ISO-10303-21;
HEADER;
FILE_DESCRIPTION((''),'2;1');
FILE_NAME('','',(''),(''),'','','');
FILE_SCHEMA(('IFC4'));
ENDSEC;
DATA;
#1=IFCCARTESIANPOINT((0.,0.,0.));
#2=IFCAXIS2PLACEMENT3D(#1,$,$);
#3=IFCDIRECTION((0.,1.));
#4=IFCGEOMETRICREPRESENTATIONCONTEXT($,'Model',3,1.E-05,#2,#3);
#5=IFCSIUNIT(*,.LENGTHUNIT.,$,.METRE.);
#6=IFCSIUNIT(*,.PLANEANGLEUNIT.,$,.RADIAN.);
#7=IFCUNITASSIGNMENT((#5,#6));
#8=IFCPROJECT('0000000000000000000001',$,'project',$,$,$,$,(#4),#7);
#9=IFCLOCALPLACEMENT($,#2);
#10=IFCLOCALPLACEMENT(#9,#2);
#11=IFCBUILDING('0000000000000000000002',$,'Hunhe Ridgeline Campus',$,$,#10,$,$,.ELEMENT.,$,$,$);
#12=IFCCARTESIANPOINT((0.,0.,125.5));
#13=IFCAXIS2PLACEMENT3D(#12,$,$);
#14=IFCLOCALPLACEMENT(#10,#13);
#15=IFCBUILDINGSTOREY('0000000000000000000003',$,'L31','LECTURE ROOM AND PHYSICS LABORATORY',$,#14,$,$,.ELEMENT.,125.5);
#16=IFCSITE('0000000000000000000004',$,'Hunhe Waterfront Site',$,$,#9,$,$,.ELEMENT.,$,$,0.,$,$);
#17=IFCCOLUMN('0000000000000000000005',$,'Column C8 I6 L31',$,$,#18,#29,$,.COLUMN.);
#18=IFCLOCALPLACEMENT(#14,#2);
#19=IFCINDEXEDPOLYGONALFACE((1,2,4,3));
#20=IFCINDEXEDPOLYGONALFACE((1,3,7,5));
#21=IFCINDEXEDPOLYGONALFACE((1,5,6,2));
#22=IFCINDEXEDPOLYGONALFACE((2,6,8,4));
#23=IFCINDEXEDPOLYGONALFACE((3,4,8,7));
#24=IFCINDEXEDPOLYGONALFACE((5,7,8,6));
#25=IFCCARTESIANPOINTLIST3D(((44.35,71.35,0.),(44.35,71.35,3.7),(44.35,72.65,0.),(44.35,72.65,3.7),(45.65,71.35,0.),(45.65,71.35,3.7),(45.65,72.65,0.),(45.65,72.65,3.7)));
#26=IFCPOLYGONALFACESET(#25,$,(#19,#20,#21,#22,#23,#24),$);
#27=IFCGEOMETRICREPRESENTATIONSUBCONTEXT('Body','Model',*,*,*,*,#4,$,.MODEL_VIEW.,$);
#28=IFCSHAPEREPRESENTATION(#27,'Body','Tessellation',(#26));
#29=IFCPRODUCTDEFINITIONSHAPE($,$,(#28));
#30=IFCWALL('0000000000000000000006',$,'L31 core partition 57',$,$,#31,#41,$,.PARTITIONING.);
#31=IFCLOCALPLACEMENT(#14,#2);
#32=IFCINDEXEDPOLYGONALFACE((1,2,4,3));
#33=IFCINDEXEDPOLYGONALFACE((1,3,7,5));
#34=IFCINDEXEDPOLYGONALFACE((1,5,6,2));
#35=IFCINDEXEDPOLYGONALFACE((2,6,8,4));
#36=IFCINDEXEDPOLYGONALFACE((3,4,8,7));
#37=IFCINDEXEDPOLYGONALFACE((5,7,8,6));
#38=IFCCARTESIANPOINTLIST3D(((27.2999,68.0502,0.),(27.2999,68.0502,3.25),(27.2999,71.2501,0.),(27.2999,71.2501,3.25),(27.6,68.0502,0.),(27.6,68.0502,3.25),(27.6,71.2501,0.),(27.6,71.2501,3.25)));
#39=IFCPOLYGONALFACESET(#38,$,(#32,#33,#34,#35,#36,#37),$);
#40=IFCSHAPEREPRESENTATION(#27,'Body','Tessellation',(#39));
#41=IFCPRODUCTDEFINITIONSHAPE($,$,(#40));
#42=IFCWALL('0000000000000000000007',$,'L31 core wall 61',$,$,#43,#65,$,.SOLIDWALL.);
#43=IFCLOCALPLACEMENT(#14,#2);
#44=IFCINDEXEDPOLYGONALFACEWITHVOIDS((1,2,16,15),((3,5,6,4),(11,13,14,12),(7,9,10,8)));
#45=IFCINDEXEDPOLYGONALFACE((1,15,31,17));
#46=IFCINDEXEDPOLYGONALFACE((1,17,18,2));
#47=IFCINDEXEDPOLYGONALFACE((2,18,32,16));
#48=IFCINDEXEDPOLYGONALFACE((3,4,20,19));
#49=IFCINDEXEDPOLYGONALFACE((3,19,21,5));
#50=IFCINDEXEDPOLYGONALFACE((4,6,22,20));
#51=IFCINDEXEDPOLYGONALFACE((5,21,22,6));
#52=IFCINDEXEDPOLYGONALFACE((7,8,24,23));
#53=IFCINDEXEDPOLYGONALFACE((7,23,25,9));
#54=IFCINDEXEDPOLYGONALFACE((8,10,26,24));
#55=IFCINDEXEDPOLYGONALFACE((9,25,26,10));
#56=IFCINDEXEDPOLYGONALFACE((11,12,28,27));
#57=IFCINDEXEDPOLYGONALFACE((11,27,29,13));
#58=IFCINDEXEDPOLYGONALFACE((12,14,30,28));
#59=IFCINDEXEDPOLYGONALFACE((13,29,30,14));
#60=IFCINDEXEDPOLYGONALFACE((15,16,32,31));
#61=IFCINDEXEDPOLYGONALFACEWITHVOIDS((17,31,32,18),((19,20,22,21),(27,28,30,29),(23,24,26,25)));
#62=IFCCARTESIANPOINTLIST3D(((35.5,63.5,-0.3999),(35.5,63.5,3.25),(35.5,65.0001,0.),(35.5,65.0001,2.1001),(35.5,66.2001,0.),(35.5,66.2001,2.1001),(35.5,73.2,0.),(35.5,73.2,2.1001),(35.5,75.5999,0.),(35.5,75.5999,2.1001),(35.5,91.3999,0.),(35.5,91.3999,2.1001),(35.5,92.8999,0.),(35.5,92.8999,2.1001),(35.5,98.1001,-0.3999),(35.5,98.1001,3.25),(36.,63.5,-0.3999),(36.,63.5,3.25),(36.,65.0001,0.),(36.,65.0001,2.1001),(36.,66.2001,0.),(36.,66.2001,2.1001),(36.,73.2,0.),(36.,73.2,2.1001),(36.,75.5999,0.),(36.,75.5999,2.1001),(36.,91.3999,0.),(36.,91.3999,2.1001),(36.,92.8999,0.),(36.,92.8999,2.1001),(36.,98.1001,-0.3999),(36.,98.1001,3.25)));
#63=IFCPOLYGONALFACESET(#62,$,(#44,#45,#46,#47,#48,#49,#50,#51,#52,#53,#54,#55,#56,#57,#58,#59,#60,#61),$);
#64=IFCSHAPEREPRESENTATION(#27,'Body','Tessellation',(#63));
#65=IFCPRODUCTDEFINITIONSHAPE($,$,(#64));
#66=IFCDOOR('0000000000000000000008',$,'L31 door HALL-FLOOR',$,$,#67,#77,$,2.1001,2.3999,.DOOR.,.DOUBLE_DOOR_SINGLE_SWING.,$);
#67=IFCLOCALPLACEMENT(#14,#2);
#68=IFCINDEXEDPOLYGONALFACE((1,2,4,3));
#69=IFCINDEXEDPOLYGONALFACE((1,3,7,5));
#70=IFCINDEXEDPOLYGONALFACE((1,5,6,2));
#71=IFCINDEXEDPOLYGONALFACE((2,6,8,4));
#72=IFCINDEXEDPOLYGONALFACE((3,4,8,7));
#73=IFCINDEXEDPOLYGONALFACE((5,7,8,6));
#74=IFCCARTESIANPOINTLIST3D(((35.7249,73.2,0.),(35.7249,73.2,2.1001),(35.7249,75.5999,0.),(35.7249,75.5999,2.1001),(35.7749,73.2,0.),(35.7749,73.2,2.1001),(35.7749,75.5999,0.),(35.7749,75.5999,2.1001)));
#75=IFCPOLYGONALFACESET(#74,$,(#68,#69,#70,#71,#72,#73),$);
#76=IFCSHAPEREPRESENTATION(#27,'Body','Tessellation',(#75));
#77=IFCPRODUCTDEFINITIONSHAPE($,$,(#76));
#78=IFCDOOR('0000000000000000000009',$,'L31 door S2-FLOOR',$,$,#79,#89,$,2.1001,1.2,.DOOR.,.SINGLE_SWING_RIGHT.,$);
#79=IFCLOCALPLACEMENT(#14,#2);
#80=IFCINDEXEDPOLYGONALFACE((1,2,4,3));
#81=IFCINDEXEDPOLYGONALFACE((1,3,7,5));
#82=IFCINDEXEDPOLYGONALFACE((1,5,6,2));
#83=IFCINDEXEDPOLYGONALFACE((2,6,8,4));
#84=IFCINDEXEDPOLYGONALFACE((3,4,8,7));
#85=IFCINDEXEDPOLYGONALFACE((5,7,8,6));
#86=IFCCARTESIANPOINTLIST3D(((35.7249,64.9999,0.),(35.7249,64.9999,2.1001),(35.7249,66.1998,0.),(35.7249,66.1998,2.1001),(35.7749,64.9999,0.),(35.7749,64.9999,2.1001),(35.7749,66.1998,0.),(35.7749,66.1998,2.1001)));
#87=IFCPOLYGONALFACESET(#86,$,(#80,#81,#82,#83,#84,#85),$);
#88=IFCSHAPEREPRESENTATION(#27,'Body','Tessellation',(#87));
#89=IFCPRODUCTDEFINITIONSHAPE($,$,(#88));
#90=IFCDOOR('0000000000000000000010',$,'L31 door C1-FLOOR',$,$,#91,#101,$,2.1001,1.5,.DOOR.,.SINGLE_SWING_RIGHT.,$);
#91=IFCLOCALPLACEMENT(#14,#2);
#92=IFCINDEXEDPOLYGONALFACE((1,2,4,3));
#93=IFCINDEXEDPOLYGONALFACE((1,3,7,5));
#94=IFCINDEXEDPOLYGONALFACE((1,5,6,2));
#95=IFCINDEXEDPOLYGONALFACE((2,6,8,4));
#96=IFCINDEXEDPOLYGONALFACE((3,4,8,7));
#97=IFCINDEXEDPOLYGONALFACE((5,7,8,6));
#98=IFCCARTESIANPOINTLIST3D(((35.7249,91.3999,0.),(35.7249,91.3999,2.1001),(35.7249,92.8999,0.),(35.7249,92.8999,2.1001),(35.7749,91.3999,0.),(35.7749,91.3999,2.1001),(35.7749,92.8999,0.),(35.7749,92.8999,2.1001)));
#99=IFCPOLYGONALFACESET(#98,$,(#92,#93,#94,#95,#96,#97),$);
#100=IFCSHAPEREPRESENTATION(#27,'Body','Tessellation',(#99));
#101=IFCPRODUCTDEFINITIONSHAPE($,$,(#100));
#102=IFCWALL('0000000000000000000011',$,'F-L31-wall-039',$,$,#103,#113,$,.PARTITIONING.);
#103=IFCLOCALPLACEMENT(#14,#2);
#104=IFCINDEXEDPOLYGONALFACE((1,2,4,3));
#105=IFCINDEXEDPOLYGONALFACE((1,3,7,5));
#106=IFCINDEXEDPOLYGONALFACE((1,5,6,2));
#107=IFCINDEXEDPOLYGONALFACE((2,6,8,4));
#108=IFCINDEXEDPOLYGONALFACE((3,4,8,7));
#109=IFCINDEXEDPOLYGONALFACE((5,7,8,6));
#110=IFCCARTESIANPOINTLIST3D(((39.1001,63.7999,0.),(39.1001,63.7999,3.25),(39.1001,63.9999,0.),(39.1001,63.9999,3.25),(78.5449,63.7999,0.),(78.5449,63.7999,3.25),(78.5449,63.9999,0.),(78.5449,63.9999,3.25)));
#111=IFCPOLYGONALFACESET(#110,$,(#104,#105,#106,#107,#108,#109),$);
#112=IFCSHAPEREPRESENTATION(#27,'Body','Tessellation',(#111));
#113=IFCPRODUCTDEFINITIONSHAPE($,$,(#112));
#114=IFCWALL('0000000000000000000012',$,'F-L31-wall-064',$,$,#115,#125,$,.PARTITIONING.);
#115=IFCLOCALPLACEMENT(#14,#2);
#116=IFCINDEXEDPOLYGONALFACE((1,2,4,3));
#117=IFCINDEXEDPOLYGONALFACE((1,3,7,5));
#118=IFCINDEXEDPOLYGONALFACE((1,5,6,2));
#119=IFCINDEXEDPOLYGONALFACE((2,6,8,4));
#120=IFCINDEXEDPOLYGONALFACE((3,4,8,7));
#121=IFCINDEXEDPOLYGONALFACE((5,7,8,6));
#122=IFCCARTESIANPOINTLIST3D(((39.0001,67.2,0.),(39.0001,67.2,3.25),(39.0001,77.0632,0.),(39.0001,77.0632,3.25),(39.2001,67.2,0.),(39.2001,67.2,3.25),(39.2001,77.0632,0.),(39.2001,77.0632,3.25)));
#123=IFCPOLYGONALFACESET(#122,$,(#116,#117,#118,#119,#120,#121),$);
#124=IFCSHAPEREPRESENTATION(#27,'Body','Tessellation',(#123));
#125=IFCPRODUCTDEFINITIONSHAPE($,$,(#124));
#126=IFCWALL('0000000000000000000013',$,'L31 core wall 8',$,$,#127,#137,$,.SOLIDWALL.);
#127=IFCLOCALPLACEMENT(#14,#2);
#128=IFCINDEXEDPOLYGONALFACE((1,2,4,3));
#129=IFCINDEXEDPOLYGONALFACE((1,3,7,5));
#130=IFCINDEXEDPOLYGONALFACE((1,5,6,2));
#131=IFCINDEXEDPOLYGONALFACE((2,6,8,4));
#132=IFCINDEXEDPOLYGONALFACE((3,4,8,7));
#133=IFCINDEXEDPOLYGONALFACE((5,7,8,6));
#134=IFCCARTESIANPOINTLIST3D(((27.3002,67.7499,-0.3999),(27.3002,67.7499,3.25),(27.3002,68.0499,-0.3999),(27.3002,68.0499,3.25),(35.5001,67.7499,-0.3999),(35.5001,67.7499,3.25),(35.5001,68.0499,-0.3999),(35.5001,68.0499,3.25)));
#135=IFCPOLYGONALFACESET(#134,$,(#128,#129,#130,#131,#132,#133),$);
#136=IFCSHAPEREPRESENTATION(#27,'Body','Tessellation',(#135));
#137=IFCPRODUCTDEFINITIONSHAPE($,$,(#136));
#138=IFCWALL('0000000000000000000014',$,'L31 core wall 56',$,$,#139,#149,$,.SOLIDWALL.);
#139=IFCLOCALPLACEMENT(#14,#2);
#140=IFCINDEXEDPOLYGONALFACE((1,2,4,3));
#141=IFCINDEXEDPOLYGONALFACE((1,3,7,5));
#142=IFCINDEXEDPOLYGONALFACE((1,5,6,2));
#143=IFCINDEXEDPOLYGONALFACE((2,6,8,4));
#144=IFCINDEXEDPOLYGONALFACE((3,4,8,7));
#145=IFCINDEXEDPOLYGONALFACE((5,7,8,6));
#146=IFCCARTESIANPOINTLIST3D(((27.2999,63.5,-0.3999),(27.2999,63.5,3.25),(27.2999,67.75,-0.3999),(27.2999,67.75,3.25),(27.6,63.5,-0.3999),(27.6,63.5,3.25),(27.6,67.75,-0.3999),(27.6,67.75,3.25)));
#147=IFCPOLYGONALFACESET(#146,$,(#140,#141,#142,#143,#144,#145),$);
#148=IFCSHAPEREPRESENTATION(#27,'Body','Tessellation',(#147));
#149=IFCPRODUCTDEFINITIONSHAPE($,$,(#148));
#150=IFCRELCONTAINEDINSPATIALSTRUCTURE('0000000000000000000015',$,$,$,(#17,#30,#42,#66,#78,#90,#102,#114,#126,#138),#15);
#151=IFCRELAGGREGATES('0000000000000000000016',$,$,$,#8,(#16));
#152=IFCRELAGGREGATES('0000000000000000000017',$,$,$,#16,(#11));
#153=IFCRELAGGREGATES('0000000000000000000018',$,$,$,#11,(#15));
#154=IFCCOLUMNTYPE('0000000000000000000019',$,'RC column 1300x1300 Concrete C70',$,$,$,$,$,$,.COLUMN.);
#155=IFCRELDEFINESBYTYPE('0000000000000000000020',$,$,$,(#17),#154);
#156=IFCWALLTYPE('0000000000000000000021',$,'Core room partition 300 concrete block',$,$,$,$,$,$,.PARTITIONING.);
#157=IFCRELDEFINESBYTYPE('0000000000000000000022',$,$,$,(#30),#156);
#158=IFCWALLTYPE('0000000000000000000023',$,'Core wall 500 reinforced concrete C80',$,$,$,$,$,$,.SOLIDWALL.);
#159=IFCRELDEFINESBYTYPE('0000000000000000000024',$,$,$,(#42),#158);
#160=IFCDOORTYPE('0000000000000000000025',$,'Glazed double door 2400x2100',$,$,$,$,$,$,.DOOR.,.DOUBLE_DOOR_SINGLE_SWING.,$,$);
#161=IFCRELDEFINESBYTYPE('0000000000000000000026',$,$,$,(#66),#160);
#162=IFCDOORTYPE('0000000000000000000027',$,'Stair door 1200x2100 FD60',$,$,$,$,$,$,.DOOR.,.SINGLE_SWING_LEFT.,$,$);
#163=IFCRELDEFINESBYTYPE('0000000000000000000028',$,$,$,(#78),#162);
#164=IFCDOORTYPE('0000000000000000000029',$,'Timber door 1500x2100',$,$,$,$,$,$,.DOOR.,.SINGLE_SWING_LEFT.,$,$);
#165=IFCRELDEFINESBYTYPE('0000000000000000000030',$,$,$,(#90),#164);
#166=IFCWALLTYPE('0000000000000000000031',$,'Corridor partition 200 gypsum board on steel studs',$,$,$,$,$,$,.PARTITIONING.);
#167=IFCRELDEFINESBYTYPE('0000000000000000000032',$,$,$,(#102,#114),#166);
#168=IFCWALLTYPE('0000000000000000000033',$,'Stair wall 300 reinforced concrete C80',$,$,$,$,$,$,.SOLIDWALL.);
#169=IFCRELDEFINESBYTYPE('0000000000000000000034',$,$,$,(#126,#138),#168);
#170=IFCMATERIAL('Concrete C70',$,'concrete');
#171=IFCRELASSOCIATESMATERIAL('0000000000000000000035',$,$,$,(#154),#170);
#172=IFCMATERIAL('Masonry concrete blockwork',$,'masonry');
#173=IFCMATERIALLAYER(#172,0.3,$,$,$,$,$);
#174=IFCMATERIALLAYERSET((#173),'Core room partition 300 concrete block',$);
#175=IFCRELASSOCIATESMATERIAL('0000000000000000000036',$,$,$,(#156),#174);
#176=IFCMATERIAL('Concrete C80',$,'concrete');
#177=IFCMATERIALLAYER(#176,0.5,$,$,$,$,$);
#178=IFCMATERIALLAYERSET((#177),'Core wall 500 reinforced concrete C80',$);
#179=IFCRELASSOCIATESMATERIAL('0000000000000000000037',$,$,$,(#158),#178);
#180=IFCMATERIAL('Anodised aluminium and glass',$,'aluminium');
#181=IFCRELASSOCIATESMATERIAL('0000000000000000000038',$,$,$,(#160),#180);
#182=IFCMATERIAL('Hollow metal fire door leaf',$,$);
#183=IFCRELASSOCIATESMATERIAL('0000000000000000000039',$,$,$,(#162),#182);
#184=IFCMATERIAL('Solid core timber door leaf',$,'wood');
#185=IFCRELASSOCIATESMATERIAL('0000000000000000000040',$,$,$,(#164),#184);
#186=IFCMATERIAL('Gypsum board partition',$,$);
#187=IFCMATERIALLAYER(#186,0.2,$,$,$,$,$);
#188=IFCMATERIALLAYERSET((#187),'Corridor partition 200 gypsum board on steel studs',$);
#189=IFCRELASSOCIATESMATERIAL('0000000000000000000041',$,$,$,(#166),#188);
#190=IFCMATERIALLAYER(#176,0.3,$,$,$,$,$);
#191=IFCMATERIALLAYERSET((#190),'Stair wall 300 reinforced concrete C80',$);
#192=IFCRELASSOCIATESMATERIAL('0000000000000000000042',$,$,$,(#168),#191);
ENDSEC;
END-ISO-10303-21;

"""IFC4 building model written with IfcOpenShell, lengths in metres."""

from ifc_helpers import new_model, si_unit, direction, frame, frame_2d, origin, origin_2d, place, context, subcontext, project, spatial, rectangle, extrude, material, layer, layer_set, material_profile, profile_set, type_object, element, fill, save


model = new_model("IFC4")

# Units and contexts
model_context = context("Model", 3, precision=1e-05, world=origin(), true_north=direction((0.0, 1.0)))
body_context = subcontext(model_context, "Body", "Model", "MODEL_VIEW")
ifc_project = project(units=[si_unit("LENGTHUNIT", "METRE"), si_unit("PLANEANGLEUNIT", "RADIAN")], contexts=[model_context])

# Site, building, storey
site_placement = place(None, origin())
site = spatial("IfcSite", under=ifc_project, at=site_placement, Name="Hunhe Waterfront Site", CompositionType="ELEMENT", RefElevation=0.0)
building_placement = place(site_placement, origin())
building = spatial("IfcBuilding", under=site, at=building_placement, Name="Hunhe Ridgeline Campus", CompositionType="ELEMENT")
storey_placement = place(building_placement, frame((0.0, 0.0, 125.5)))
storey = spatial("IfcBuildingStorey", under=building, at=storey_placement, Name="L31", Description="LECTURE ROOM AND PHYSICS LABORATORY", CompositionType="ELEMENT", Elevation=125.5)

# Column
ifc_material_1 = material(Name="Concrete C70", Category="concrete")
ifc_material_profile = material_profile(ifc_material_1, rectangle(XDim=1.3, YDim=1.3, at=origin_2d()))
ifc_profile_set = profile_set([ifc_material_profile], Name="Concrete C70")
column_type = type_object("IfcColumnType", Name="RC column 1300x1300 Concrete C70", PredefinedType="COLUMN", material=ifc_profile_set)
column_placement = place(storey_placement, frame((45.0, 72.0, 0.0), z_axis=(0.0, 0.0, 1.0), x_axis=(1.0, 0.0, 0.0)))
element("IfcColumn", 1, at=column_placement, inside=storey, type_object=column_type, Name="Column C8 I6 L31", PredefinedType="COLUMN", context=body_context, shape_type="SweptSolid", body=[
    extrude(rectangle(XDim=1.3, YDim=1.3, at=origin_2d()), origin(), (0.0, 0.0, 1.0), 3.7),
])

# Wall
ifc_material_2 = material(Name="Masonry concrete blockwork", Category="masonry")
ifc_layer_1 = layer(ifc_material_2, 0.3)
ifc_layer_set_1 = layer_set([ifc_layer_1], Name="Core room partition 300 concrete block")
wall_type_1 = type_object("IfcWallType", Name="Core room partition 300 concrete block", PredefinedType="PARTITIONING", material=ifc_layer_set_1)
wall_1_placement = place(storey_placement, frame((27.45, 68.05, 0.0), z_axis=(0.0, 0.0, 1.0), x_axis=(0.0, 1.0, 0.0)))
element("IfcWall", 2, at=wall_1_placement, inside=storey, type_object=wall_type_1, Name="L31 core partition 57", PredefinedType="PARTITIONING", context=body_context, shape_type="SweptSolid", body=[
    extrude(rectangle(XDim=3.2, YDim=0.3, at=frame_2d((1.6001, 0.0))), origin(), (0.0, 0.0, 1.0), 3.25),
])

# Wall, openings, doors
ifc_material_3 = material(Name="Concrete C80", Category="concrete")
ifc_layer_2 = layer(ifc_material_3, 0.5)
ifc_layer_set_2 = layer_set([ifc_layer_2], Name="Core wall 500 reinforced concrete C80")
wall_type_2 = type_object("IfcWallType", Name="Core wall 500 reinforced concrete C80", PredefinedType="SOLIDWALL", material=ifc_layer_set_2)
wall_2_placement = place(storey_placement, frame((35.75, 63.5, -0.3999), z_axis=(0.0, 0.0, 1.0), x_axis=(0.0, 1.0, 0.0)))
wall_2 = element("IfcWall", 3, at=wall_2_placement, inside=storey, type_object=wall_type_2, Name="L31 core wall 61", PredefinedType="SOLIDWALL", context=body_context, shape_type="SweptSolid", body=[
    extrude(rectangle(XDim=34.6001, YDim=0.5, at=frame_2d((17.3, 0.0))), origin(), (0.0, 0.0, 1.0), 3.6499),
])
opening_1_placement = place(wall_2_placement, frame((9.7, 0.0, 0.3999)))
opening_1 = element("IfcOpeningElement", 4, at=opening_1_placement, cuts=wall_2, PredefinedType="OPENING", context=body_context, shape_type="SweptSolid", body=[
    extrude(rectangle(XDim=2.3999, YDim=2.1001, at=frame_2d((1.2, 1.05))), frame((0.0, 0.25, 0.0), z_axis=(0.0, -1.0, 0.0), x_axis=(1.0, 0.0, 0.0)), (0.0, 0.0, 1.0), 0.5),
])
opening_2_placement = place(wall_2_placement, frame((27.8999, 0.0, 0.3999)))
opening_2 = element("IfcOpeningElement", 5, at=opening_2_placement, cuts=wall_2, PredefinedType="OPENING", context=body_context, shape_type="SweptSolid", body=[
    extrude(rectangle(XDim=1.5, YDim=2.1001, at=frame_2d((0.75, 1.05))), frame((0.0, 0.25, 0.0), z_axis=(0.0, -1.0, 0.0), x_axis=(1.0, 0.0, 0.0)), (0.0, 0.0, 1.0), 0.5),
])
opening_3_placement = place(wall_2_placement, frame((1.5, 0.0, 0.3999)))
opening_3 = element("IfcOpeningElement", 6, at=opening_3_placement, cuts=wall_2, PredefinedType="OPENING", context=body_context, shape_type="SweptSolid", body=[
    extrude(rectangle(XDim=1.2, YDim=2.1001, at=frame_2d((0.6001, 1.05))), frame((0.0, 0.25, 0.0), z_axis=(0.0, -1.0, 0.0), x_axis=(1.0, 0.0, 0.0)), (0.0, 0.0, 1.0), 0.5),
])
ifc_material_4 = material(Name="Anodised aluminium and glass", Category="aluminium")
door_type_1 = type_object("IfcDoorType", Name="Glazed double door 2400x2100", OperationType="DOUBLE_DOOR_SINGLE_SWING", PredefinedType="DOOR", material=ifc_material_4)
door_1_placement = place(opening_1_placement, frame((2.3999, 0.0, 0.0), z_axis=(0.0, 0.0, 1.0), x_axis=(-1.0, 0.0, 0.0)))
door_1 = element("IfcDoor", 7, at=door_1_placement, inside=storey, type_object=door_type_1, Name="L31 door HALL-FLOOR", OperationType="DOUBLE_DOOR_SINGLE_SWING", OverallHeight=2.1001, OverallWidth=2.3999, PredefinedType="DOOR", context=body_context, shape_type="SweptSolid", body=[
    extrude(rectangle(XDim=2.3999, YDim=2.1001, at=frame_2d((1.2, 1.05))), frame((0.0, 0.0249, 0.0), z_axis=(0.0, -1.0, 0.0), x_axis=(1.0, 0.0, 0.0)), (0.0, 0.0, 1.0), 0.05),
])
fill(opening_1, door_1)
ifc_material_5 = material(Name="Hollow metal fire door leaf")
door_type_2 = type_object("IfcDoorType", Name="Stair door 1200x2100 FD60", OperationType="SINGLE_SWING_LEFT", PredefinedType="DOOR", material=ifc_material_5)
door_2_placement = place(opening_3_placement, frame((1.2, 0.0, 0.0), z_axis=(0.0, 0.0, 1.0), x_axis=(-1.0, 0.0, 0.0)))
door_2 = element("IfcDoor", 8, at=door_2_placement, inside=storey, type_object=door_type_2, Name="L31 door S2-FLOOR", OperationType="SINGLE_SWING_RIGHT", OverallHeight=2.1001, OverallWidth=1.2, PredefinedType="DOOR", context=body_context, shape_type="SweptSolid", body=[
    extrude(rectangle(XDim=1.2, YDim=2.1001, at=frame_2d((0.6001, 1.05))), frame((0.0, 0.0249, 0.0), z_axis=(0.0, -1.0, 0.0), x_axis=(1.0, 0.0, 0.0)), (0.0, 0.0, 1.0), 0.05),
])
fill(opening_3, door_2)
ifc_material_6 = material(Name="Solid core timber door leaf", Category="wood")
door_type_3 = type_object("IfcDoorType", Name="Timber door 1500x2100", OperationType="SINGLE_SWING_LEFT", PredefinedType="DOOR", material=ifc_material_6)
door_3_placement = place(opening_2_placement, frame((1.5, 0.0, 0.0), z_axis=(0.0, 0.0, 1.0), x_axis=(-1.0, 0.0, 0.0)))
door_3 = element("IfcDoor", 9, at=door_3_placement, inside=storey, type_object=door_type_3, Name="L31 door C1-FLOOR", OperationType="SINGLE_SWING_RIGHT", OverallHeight=2.1001, OverallWidth=1.5, PredefinedType="DOOR", context=body_context, shape_type="SweptSolid", body=[
    extrude(rectangle(XDim=1.5, YDim=2.1001, at=frame_2d((0.75, 1.05))), frame((0.0, 0.0249, 0.0), z_axis=(0.0, -1.0, 0.0), x_axis=(1.0, 0.0, 0.0)), (0.0, 0.0, 1.0), 0.05),
])
fill(opening_2, door_3)

# Wall
ifc_material_7 = material(Name="Gypsum board partition")
ifc_layer_3 = layer(ifc_material_7, 0.2)
ifc_layer_set_3 = layer_set([ifc_layer_3], Name="Corridor partition 200 gypsum board on steel studs")
wall_type_3 = type_object("IfcWallType", Name="Corridor partition 200 gypsum board on steel studs", PredefinedType="PARTITIONING", material=ifc_layer_set_3)
wall_3_placement = place(storey_placement, frame((39.1001, 63.8999, 0.0), z_axis=(0.0, 0.0, 1.0), x_axis=(1.0, 0.0, 0.0)))
element("IfcWall", 10, at=wall_3_placement, inside=storey, type_object=wall_type_3, Name="F-L31-wall-039", PredefinedType="PARTITIONING", context=body_context, shape_type="SweptSolid", body=[
    extrude(rectangle(XDim=39.4448, YDim=0.2, at=frame_2d((19.7224, 0.0))), origin(), (0.0, 0.0, 1.0), 3.25),
])

# Wall
wall_4_placement = place(storey_placement, frame((39.1001, 77.0632, 0.0), z_axis=(0.0, 0.0, 1.0), x_axis=(0.0, -1.0, 0.0)))
element("IfcWall", 11, at=wall_4_placement, inside=storey, type_object=wall_type_3, Name="F-L31-wall-064", PredefinedType="PARTITIONING", context=body_context, shape_type="SweptSolid", body=[
    extrude(rectangle(XDim=9.8633, YDim=0.2, at=frame_2d((4.9316, 0.0))), origin(), (0.0, 0.0, 1.0), 3.25),
])

# Walls
ifc_layer_4 = layer(ifc_material_3, 0.3)
ifc_layer_set_4 = layer_set([ifc_layer_4], Name="Stair wall 300 reinforced concrete C80")
wall_type_4 = type_object("IfcWallType", Name="Stair wall 300 reinforced concrete C80", PredefinedType="SOLIDWALL", material=ifc_layer_set_4)
wall_5_placement = place(storey_placement, frame((27.3, 67.8999, -0.3999), z_axis=(0.0, 0.0, 1.0), x_axis=(1.0, 0.0, 0.0)))
element("IfcWall", 12, at=wall_5_placement, inside=storey, type_object=wall_type_4, Name="L31 core wall 8", PredefinedType="SOLIDWALL", context=body_context, shape_type="SweptSolid", body=[
    extrude(rectangle(XDim=8.2, YDim=0.3, at=frame_2d((4.1001, 0.0))), origin(), (0.0, 0.0, 1.0), 3.6499),
])
wall_6_placement = place(storey_placement, frame((27.45, 63.5, -0.3999), z_axis=(0.0, 0.0, 1.0), x_axis=(0.0, 1.0, 0.0)))
element("IfcWall", 13, at=wall_6_placement, inside=storey, type_object=wall_type_4, Name="L31 core wall 56", PredefinedType="SOLIDWALL", context=body_context, shape_type="SweptSolid", body=[
    extrude(rectangle(XDim=4.25, YDim=0.3, at=frame_2d((2.125, 0.0))), origin(), (0.0, 0.0, 1.0), 3.6499),
])

save(model, "model.ifc")
